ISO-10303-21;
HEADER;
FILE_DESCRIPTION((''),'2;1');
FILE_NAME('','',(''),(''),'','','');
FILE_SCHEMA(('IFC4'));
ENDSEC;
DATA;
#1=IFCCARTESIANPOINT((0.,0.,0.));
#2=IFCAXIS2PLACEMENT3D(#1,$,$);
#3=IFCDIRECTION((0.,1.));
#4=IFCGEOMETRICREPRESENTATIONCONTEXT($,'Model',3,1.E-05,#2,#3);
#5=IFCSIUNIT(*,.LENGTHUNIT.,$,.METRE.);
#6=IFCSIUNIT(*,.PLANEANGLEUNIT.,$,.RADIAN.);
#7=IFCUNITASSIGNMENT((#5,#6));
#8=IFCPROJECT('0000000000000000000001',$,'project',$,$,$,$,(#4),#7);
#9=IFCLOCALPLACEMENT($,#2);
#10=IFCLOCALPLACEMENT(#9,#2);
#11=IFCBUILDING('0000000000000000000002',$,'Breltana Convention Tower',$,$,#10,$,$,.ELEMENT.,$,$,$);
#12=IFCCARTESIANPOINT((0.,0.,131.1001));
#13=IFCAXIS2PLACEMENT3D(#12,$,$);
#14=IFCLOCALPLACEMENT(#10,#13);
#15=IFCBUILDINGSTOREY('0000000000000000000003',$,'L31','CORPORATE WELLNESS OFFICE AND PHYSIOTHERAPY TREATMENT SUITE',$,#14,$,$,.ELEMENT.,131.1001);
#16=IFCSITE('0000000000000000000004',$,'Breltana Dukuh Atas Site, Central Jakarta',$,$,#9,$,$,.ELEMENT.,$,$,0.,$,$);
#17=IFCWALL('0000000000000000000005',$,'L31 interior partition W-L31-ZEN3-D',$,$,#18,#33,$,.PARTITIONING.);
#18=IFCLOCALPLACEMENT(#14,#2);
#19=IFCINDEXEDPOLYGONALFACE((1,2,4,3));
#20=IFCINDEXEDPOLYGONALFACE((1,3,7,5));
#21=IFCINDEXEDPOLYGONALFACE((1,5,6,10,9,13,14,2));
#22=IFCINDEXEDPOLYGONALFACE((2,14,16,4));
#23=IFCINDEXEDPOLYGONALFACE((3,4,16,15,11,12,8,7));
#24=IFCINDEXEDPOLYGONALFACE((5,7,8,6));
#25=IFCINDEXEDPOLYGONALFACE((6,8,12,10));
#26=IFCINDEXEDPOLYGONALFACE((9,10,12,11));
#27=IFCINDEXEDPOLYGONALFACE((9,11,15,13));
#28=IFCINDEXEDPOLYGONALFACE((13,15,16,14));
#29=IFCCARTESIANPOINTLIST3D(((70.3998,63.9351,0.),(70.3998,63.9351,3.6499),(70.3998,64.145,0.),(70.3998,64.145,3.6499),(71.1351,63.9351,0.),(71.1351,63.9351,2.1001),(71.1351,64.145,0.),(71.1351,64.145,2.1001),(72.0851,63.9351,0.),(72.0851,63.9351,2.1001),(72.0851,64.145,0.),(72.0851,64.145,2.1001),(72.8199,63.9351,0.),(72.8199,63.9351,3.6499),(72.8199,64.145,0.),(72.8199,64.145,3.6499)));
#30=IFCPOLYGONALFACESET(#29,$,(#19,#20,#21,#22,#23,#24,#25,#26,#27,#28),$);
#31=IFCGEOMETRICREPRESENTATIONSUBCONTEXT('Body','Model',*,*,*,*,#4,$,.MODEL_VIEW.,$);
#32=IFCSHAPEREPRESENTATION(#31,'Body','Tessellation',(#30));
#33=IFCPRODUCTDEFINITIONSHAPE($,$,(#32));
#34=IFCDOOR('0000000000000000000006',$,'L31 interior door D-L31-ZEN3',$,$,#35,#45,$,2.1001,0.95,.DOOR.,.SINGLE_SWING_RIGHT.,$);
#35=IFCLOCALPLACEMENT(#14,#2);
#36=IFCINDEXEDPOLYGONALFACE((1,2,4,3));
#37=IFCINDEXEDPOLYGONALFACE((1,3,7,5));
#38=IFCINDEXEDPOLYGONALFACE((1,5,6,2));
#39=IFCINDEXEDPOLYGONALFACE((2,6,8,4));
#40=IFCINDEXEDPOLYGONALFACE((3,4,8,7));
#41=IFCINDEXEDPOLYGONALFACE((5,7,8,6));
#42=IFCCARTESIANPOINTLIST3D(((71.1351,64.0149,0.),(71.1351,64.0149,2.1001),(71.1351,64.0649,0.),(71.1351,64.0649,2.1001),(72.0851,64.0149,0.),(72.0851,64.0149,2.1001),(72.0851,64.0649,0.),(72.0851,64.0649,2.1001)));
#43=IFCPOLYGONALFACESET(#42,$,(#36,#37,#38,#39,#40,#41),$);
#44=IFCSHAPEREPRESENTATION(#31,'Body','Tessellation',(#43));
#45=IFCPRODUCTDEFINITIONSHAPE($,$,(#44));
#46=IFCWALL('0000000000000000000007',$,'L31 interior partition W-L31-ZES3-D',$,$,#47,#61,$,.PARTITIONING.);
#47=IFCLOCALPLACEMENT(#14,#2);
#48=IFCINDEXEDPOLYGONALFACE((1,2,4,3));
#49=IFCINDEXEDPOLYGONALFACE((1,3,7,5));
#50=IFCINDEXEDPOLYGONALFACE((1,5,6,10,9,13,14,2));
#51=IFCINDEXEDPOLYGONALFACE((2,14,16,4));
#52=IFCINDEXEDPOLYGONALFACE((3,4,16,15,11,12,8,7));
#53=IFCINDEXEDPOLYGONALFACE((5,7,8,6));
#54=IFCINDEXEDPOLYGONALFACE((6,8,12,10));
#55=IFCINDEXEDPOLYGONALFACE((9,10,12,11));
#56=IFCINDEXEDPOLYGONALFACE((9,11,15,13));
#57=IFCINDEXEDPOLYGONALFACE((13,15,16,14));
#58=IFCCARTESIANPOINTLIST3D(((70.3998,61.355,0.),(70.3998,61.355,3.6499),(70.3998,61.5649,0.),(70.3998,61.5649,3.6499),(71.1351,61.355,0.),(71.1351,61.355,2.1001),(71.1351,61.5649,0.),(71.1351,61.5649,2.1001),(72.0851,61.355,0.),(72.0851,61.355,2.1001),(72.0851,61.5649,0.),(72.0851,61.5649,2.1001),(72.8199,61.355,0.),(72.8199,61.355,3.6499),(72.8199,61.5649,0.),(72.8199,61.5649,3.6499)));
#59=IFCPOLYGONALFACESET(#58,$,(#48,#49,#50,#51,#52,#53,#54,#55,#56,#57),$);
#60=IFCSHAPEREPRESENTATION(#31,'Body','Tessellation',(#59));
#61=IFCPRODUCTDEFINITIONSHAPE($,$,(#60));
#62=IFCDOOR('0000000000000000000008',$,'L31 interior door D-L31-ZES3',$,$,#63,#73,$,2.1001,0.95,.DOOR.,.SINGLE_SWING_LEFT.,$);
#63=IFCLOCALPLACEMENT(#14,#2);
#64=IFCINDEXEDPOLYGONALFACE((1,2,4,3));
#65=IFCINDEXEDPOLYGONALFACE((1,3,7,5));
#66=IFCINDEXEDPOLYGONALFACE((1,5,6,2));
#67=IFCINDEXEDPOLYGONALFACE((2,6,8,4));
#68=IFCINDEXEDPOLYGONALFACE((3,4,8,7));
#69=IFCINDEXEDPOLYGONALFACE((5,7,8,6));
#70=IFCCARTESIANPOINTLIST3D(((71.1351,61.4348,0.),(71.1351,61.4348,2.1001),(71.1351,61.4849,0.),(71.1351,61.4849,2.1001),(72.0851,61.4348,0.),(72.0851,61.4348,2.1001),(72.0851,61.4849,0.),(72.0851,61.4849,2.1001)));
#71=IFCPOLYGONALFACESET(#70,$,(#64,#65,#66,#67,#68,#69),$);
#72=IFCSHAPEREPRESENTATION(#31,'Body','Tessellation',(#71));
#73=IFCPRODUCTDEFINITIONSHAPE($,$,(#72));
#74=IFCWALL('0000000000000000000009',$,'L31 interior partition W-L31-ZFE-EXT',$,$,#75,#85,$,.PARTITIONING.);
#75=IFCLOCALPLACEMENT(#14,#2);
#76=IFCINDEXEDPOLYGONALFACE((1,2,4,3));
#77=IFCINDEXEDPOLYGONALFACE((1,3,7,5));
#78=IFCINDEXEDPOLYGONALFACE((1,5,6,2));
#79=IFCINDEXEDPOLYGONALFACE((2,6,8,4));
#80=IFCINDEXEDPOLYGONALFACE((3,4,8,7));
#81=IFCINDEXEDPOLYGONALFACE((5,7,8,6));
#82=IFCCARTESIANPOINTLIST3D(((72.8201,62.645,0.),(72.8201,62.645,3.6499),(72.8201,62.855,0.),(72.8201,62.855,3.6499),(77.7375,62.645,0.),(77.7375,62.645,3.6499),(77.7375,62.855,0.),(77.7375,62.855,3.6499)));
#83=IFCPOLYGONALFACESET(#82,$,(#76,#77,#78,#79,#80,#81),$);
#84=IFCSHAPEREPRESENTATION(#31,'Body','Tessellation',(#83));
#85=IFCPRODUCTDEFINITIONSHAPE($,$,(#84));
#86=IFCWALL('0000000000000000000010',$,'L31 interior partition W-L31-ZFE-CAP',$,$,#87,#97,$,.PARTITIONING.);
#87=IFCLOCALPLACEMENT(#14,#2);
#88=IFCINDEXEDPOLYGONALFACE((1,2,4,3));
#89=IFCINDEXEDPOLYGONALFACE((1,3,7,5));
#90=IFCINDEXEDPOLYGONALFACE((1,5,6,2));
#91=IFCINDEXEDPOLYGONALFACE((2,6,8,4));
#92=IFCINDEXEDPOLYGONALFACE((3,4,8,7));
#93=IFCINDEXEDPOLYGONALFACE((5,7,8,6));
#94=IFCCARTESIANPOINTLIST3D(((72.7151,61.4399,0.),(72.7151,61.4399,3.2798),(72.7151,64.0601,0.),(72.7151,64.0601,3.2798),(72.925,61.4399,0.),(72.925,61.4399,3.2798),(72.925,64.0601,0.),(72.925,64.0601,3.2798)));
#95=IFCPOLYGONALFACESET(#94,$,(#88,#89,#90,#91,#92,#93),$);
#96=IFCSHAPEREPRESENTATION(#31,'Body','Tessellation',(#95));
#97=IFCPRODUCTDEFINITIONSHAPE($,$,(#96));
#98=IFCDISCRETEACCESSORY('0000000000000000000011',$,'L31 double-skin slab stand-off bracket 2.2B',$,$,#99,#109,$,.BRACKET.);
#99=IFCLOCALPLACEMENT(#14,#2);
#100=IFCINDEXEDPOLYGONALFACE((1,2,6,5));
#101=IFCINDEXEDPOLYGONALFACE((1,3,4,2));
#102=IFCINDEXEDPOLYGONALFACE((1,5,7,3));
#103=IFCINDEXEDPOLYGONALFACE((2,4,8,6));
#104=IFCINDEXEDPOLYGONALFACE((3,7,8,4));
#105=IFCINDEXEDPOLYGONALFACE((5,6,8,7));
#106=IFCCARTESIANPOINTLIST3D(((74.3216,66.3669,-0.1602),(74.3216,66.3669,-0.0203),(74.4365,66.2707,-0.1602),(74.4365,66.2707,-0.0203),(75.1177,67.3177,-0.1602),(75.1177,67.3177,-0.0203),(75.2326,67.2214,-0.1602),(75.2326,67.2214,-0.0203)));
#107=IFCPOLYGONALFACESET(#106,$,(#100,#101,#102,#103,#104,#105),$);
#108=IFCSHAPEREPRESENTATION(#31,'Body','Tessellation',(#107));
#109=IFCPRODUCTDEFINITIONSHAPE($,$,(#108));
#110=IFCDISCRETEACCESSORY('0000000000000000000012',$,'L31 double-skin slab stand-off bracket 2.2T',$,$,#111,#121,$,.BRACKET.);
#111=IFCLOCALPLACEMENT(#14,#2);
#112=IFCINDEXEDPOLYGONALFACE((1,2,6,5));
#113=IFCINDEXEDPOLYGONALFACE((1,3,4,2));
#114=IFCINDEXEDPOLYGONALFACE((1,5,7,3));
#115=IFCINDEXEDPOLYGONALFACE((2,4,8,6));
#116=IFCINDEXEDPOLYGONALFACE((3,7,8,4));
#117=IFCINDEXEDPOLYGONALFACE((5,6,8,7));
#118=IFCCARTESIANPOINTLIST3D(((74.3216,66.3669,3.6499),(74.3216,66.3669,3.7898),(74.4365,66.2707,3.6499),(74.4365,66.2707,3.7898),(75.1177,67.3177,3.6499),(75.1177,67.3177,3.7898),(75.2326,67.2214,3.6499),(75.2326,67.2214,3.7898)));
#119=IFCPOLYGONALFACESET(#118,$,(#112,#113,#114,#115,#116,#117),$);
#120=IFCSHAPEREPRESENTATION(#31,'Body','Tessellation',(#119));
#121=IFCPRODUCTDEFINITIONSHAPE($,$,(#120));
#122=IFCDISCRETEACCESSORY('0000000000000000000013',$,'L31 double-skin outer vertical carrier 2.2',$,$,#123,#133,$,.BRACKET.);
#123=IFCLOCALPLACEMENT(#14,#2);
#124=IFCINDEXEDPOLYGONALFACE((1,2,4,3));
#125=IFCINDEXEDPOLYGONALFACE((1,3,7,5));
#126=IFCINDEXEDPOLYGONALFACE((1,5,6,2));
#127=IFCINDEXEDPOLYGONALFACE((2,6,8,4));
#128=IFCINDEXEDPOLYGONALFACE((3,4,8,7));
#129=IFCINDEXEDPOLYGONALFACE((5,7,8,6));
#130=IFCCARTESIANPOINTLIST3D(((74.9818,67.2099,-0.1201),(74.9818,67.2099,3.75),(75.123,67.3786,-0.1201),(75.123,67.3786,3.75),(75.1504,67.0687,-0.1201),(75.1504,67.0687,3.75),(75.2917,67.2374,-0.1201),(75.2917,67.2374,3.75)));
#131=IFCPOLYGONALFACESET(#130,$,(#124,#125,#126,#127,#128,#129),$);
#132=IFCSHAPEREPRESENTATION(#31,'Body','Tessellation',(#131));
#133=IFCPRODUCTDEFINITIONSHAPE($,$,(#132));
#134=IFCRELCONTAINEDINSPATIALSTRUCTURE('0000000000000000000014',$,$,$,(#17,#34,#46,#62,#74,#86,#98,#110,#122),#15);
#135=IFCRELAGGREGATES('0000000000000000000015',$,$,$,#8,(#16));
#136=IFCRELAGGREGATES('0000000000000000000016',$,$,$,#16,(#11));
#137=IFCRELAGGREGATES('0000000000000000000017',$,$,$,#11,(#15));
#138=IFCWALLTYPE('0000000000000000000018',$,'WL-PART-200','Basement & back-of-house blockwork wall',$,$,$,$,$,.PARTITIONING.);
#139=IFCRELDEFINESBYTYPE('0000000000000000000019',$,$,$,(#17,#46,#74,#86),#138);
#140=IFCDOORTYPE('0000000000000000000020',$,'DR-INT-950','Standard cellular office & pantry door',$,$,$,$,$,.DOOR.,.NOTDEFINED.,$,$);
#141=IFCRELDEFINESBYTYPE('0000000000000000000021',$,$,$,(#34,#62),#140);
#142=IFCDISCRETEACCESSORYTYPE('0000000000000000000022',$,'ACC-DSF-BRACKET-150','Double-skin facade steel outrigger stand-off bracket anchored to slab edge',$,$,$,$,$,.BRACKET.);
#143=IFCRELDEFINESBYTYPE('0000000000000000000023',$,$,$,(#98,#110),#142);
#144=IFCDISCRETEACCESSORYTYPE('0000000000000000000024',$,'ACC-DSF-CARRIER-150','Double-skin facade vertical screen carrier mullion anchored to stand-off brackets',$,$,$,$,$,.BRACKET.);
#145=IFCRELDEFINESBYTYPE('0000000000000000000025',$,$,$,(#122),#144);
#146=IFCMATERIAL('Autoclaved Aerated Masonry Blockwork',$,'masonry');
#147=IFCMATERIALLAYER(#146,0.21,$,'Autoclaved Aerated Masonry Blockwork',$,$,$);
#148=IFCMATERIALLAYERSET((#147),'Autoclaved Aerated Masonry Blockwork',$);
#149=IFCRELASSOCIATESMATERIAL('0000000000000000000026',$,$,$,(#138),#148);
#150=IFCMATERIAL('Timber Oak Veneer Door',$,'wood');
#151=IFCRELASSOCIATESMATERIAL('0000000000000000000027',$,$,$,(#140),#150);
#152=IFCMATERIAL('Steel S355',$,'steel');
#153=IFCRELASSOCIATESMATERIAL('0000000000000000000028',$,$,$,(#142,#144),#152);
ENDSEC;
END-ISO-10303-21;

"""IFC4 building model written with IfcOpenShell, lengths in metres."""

from ifc_helpers import new_model, si_unit, direction, frame, frame_2d, origin, origin_2d, place, context, subcontext, project, spatial, rectangle, extrude, source, transform, mapped, material, layer, layer_set, type_object, type_shapes, element, fill, save


model = new_model("IFC4")

# Units and contexts
model_context = context("Model", 3, precision=1e-05, world=origin(), true_north=direction((0.0, 1.0)))
body_context = subcontext(model_context, "Body", "Model", "MODEL_VIEW")
ifc_project = project(units=[si_unit("LENGTHUNIT", "METRE"), si_unit("PLANEANGLEUNIT", "RADIAN")], contexts=[model_context])

# Site, building, storey
site_placement = place(None, origin())
site = spatial("IfcSite", under=ifc_project, at=site_placement, Name="Breltana Dukuh Atas Site, Central Jakarta", CompositionType="ELEMENT", RefElevation=0.0)
building_placement = place(site_placement, origin())
building = spatial("IfcBuilding", under=site, at=building_placement, Name="Breltana Convention Tower", CompositionType="ELEMENT")
storey_placement = place(building_placement, frame((0.0, 0.0, 131.1001)))
storey = spatial("IfcBuildingStorey", under=building, at=storey_placement, Name="L31", Description="CORPORATE WELLNESS OFFICE AND PHYSIOTHERAPY TREATMENT SUITE", CompositionType="ELEMENT", Elevation=131.1001)

# Shared definitions
ifc_material_1 = material(Name="Autoclaved Aerated Masonry Blockwork", Category="masonry")
ifc_layer_1 = layer(ifc_material_1, 0.21, Name="Autoclaved Aerated Masonry Blockwork")
ifc_layer_set_1 = layer_set([ifc_layer_1], Name="Autoclaved Aerated Masonry Blockwork")
wall_type_1 = type_object("IfcWallType", Name="WL-PART-200", Description="Basement & back-of-house blockwork wall", PredefinedType="PARTITIONING", material=ifc_layer_set_1)

# Walls, openings, doors
shared_shape_1 = source(origin(), body_context, "Body", "SweptSolid", [
    extrude(rectangle(XDim=2.4202, YDim=0.21, at=frame_2d((1.21, 0.0))), origin(), (0.0, 0.0, 1.0), 3.6499),
])
wall_1_placement = place(storey_placement, frame((70.3999, 64.04, 0.0), z_axis=(0.0, 0.0, 1.0), x_axis=(1.0, 0.0, 0.0)))
wall_1 = element("IfcWall", 1, at=wall_1_placement, inside=storey, type_object=wall_type_1, Name="L31 interior partition W-L31-ZEN3-D", PredefinedType="PARTITIONING", context=body_context, shape_type="MappedRepresentation", body=[
    mapped(shared_shape_1, transform((0.0, 0.0, 0.0), scale=1.0)),
])
opening_1_placement = place(wall_1_placement, frame((0.7351, 0.0, 0.0)))
opening_1 = element("IfcOpeningElement", 2, at=opening_1_placement, cuts=wall_1, PredefinedType="OPENING", context=body_context, shape_type="SweptSolid", body=[
    extrude(rectangle(XDim=0.95, YDim=2.1001, at=frame_2d((0.4751, 1.05))), frame((0.0, 0.115, 0.0), z_axis=(0.0, -1.0, 0.0), x_axis=(1.0, 0.0, 0.0)), (0.0, 0.0, 1.0), 0.23),
])
ifc_material_2 = material(Name="Timber Oak Veneer Door", Category="wood")
door_type = type_object("IfcDoorType", Name="DR-INT-950", Description="Standard cellular office & pantry door", OperationType="NOTDEFINED", PredefinedType="DOOR", material=ifc_material_2)
shared_shape_2 = source(origin(), body_context, "Body", "SweptSolid", [
    extrude(rectangle(XDim=0.95, YDim=2.1001, at=frame_2d((0.4751, 1.05))), frame((0.0, 0.0249, 0.0), z_axis=(0.0, -1.0, 0.0), x_axis=(1.0, 0.0, 0.0)), (0.0, 0.0, 1.0), 0.05),
])
type_shapes(door_type, [shared_shape_2])
door_1_placement = place(opening_1_placement, origin())
door_1 = element("IfcDoor", 3, at=door_1_placement, inside=storey, type_object=door_type, Name="L31 interior door D-L31-ZEN3", OperationType="SINGLE_SWING_RIGHT", OverallHeight=2.1001, OverallWidth=0.95, PredefinedType="DOOR", context=body_context, shape_type="MappedRepresentation", body=[
    mapped(shared_shape_2, transform((0.0, 0.0, 0.0), scale=1.0)),
])
fill(opening_1, door_1)
wall_2_placement = place(storey_placement, frame((70.3999, 61.46, 0.0), z_axis=(0.0, 0.0, 1.0), x_axis=(1.0, 0.0, 0.0)))
wall_2 = element("IfcWall", 4, at=wall_2_placement, inside=storey, type_object=wall_type_1, Name="L31 interior partition W-L31-ZES3-D", PredefinedType="PARTITIONING", context=body_context, shape_type="MappedRepresentation", body=[
    mapped(shared_shape_1, transform((0.0, 0.0, 0.0), scale=1.0)),
])
opening_2_placement = place(wall_2_placement, frame((0.7351, 0.0, 0.0)))
opening_2 = element("IfcOpeningElement", 5, at=opening_2_placement, cuts=wall_2, PredefinedType="OPENING", context=body_context, shape_type="SweptSolid", body=[
    extrude(rectangle(XDim=0.95, YDim=2.1001, at=frame_2d((0.4751, 1.05))), frame((0.0, 0.115, 0.0), z_axis=(0.0, -1.0, 0.0), x_axis=(1.0, 0.0, 0.0)), (0.0, 0.0, 1.0), 0.23),
])
door_2_placement = place(opening_2_placement, origin())
door_2 = element("IfcDoor", 6, at=door_2_placement, inside=storey, type_object=door_type, Name="L31 interior door D-L31-ZES3", OperationType="SINGLE_SWING_LEFT", OverallHeight=2.1001, OverallWidth=0.95, PredefinedType="DOOR", context=body_context, shape_type="MappedRepresentation", body=[
    mapped(shared_shape_2, transform((0.0, 0.0, 0.0), scale=1.0)),
])
fill(opening_2, door_2)

# Walls
shared_shape_3 = source(origin(), body_context, "Body", "SweptSolid", [
    extrude(rectangle(XDim=4.9175, YDim=0.21, at=frame_2d((2.4587, 0.0))), origin(), (0.0, 0.0, 1.0), 3.6499),
])
wall_3_placement = place(storey_placement, frame((72.8201, 62.75, 0.0), z_axis=(0.0, 0.0, 1.0), x_axis=(1.0, 0.0, 0.0)))
element("IfcWall", 7, at=wall_3_placement, inside=storey, type_object=wall_type_1, Name="L31 interior partition W-L31-ZFE-EXT", PredefinedType="PARTITIONING", context=body_context, shape_type="MappedRepresentation", body=[
    mapped(shared_shape_3, transform((0.0, 0.0, 0.0), scale=1.0)),
])
shared_shape_4 = source(origin(), body_context, "Body", "SweptSolid", [
    extrude(rectangle(XDim=2.6201, YDim=0.21, at=frame_2d((1.3101, 0.0))), origin(), (0.0, 0.0, 1.0), 3.2798),
])
wall_4_placement = place(storey_placement, frame((72.8201, 61.4399, 0.0), z_axis=(0.0, 0.0, 1.0), x_axis=(0.0, 1.0, 0.0)))
element("IfcWall", 8, at=wall_4_placement, inside=storey, type_object=wall_type_1, Name="L31 interior partition W-L31-ZFE-CAP", PredefinedType="PARTITIONING", context=body_context, shape_type="MappedRepresentation", body=[
    mapped(shared_shape_4, transform((0.0, 0.0, 0.0), scale=1.0)),
])

# Discrete accessories
ifc_material_3 = material(Name="Steel S355", Category="steel")
discrete_accessory_type_1 = type_object("IfcDiscreteAccessoryType", Name="ACC-DSF-BRACKET-150", Description="Double-skin facade steel outrigger stand-off bracket anchored to slab edge", PredefinedType="BRACKET", material=ifc_material_3)
shared_shape_5 = source(origin(), body_context, "Body", "SweptSolid", [
    extrude(rectangle(XDim=1.24, YDim=0.1499, at=origin_2d()), origin(), (0.0, 0.0, 1.0), 0.1399),
])
type_shapes(discrete_accessory_type_1, [shared_shape_5])
for number, where, z_axis, x_axis, name in (
    (9, (74.7771, 66.7942, -0.1602), (0.0, 0.0, 1.0), (0.641987, 0.766715, 0.0), "L31 double-skin slab stand-off bracket 2.2B"),
    (10, (74.7771, 66.7942, 3.6499), (0.0, 0.0, 1.0), (0.641987, 0.766715, 0.0), "L31 double-skin slab stand-off bracket 2.2T"),
):
    element("IfcDiscreteAccessory", number, at=place(storey_placement, frame(where, z_axis=z_axis, x_axis=x_axis)), inside=storey, type_object=discrete_accessory_type_1, Name=name, PredefinedType="BRACKET", context=body_context, shape_type="MappedRepresentation", body=[
        mapped(shared_shape_5, transform((0.0, 0.0, 0.0), scale=1.0)),
    ])
discrete_accessory_type_2 = type_object("IfcDiscreteAccessoryType", Name="ACC-DSF-CARRIER-150", Description="Double-skin facade vertical screen carrier mullion anchored to stand-off brackets", PredefinedType="BRACKET", material=ifc_material_3)
shared_shape_6 = source(origin(), body_context, "Body", "SweptSolid", [
    extrude(rectangle(XDim=0.22, YDim=0.22, at=origin_2d()), origin(), (0.0, 0.0, 1.0), 3.8701),
])
discrete_accessory_placement = place(storey_placement, frame((75.1367, 67.2236, -0.1201), z_axis=(0.0, 0.0, 1.0), x_axis=(0.641987, 0.766715, 0.0)))
element("IfcDiscreteAccessory", 11, at=discrete_accessory_placement, inside=storey, type_object=discrete_accessory_type_2, Name="L31 double-skin outer vertical carrier 2.2", PredefinedType="BRACKET", context=body_context, shape_type="MappedRepresentation", body=[
    mapped(shared_shape_6, transform((0.0, 0.0, 0.0), scale=1.0)),
])

save(model, "model.ifc")
